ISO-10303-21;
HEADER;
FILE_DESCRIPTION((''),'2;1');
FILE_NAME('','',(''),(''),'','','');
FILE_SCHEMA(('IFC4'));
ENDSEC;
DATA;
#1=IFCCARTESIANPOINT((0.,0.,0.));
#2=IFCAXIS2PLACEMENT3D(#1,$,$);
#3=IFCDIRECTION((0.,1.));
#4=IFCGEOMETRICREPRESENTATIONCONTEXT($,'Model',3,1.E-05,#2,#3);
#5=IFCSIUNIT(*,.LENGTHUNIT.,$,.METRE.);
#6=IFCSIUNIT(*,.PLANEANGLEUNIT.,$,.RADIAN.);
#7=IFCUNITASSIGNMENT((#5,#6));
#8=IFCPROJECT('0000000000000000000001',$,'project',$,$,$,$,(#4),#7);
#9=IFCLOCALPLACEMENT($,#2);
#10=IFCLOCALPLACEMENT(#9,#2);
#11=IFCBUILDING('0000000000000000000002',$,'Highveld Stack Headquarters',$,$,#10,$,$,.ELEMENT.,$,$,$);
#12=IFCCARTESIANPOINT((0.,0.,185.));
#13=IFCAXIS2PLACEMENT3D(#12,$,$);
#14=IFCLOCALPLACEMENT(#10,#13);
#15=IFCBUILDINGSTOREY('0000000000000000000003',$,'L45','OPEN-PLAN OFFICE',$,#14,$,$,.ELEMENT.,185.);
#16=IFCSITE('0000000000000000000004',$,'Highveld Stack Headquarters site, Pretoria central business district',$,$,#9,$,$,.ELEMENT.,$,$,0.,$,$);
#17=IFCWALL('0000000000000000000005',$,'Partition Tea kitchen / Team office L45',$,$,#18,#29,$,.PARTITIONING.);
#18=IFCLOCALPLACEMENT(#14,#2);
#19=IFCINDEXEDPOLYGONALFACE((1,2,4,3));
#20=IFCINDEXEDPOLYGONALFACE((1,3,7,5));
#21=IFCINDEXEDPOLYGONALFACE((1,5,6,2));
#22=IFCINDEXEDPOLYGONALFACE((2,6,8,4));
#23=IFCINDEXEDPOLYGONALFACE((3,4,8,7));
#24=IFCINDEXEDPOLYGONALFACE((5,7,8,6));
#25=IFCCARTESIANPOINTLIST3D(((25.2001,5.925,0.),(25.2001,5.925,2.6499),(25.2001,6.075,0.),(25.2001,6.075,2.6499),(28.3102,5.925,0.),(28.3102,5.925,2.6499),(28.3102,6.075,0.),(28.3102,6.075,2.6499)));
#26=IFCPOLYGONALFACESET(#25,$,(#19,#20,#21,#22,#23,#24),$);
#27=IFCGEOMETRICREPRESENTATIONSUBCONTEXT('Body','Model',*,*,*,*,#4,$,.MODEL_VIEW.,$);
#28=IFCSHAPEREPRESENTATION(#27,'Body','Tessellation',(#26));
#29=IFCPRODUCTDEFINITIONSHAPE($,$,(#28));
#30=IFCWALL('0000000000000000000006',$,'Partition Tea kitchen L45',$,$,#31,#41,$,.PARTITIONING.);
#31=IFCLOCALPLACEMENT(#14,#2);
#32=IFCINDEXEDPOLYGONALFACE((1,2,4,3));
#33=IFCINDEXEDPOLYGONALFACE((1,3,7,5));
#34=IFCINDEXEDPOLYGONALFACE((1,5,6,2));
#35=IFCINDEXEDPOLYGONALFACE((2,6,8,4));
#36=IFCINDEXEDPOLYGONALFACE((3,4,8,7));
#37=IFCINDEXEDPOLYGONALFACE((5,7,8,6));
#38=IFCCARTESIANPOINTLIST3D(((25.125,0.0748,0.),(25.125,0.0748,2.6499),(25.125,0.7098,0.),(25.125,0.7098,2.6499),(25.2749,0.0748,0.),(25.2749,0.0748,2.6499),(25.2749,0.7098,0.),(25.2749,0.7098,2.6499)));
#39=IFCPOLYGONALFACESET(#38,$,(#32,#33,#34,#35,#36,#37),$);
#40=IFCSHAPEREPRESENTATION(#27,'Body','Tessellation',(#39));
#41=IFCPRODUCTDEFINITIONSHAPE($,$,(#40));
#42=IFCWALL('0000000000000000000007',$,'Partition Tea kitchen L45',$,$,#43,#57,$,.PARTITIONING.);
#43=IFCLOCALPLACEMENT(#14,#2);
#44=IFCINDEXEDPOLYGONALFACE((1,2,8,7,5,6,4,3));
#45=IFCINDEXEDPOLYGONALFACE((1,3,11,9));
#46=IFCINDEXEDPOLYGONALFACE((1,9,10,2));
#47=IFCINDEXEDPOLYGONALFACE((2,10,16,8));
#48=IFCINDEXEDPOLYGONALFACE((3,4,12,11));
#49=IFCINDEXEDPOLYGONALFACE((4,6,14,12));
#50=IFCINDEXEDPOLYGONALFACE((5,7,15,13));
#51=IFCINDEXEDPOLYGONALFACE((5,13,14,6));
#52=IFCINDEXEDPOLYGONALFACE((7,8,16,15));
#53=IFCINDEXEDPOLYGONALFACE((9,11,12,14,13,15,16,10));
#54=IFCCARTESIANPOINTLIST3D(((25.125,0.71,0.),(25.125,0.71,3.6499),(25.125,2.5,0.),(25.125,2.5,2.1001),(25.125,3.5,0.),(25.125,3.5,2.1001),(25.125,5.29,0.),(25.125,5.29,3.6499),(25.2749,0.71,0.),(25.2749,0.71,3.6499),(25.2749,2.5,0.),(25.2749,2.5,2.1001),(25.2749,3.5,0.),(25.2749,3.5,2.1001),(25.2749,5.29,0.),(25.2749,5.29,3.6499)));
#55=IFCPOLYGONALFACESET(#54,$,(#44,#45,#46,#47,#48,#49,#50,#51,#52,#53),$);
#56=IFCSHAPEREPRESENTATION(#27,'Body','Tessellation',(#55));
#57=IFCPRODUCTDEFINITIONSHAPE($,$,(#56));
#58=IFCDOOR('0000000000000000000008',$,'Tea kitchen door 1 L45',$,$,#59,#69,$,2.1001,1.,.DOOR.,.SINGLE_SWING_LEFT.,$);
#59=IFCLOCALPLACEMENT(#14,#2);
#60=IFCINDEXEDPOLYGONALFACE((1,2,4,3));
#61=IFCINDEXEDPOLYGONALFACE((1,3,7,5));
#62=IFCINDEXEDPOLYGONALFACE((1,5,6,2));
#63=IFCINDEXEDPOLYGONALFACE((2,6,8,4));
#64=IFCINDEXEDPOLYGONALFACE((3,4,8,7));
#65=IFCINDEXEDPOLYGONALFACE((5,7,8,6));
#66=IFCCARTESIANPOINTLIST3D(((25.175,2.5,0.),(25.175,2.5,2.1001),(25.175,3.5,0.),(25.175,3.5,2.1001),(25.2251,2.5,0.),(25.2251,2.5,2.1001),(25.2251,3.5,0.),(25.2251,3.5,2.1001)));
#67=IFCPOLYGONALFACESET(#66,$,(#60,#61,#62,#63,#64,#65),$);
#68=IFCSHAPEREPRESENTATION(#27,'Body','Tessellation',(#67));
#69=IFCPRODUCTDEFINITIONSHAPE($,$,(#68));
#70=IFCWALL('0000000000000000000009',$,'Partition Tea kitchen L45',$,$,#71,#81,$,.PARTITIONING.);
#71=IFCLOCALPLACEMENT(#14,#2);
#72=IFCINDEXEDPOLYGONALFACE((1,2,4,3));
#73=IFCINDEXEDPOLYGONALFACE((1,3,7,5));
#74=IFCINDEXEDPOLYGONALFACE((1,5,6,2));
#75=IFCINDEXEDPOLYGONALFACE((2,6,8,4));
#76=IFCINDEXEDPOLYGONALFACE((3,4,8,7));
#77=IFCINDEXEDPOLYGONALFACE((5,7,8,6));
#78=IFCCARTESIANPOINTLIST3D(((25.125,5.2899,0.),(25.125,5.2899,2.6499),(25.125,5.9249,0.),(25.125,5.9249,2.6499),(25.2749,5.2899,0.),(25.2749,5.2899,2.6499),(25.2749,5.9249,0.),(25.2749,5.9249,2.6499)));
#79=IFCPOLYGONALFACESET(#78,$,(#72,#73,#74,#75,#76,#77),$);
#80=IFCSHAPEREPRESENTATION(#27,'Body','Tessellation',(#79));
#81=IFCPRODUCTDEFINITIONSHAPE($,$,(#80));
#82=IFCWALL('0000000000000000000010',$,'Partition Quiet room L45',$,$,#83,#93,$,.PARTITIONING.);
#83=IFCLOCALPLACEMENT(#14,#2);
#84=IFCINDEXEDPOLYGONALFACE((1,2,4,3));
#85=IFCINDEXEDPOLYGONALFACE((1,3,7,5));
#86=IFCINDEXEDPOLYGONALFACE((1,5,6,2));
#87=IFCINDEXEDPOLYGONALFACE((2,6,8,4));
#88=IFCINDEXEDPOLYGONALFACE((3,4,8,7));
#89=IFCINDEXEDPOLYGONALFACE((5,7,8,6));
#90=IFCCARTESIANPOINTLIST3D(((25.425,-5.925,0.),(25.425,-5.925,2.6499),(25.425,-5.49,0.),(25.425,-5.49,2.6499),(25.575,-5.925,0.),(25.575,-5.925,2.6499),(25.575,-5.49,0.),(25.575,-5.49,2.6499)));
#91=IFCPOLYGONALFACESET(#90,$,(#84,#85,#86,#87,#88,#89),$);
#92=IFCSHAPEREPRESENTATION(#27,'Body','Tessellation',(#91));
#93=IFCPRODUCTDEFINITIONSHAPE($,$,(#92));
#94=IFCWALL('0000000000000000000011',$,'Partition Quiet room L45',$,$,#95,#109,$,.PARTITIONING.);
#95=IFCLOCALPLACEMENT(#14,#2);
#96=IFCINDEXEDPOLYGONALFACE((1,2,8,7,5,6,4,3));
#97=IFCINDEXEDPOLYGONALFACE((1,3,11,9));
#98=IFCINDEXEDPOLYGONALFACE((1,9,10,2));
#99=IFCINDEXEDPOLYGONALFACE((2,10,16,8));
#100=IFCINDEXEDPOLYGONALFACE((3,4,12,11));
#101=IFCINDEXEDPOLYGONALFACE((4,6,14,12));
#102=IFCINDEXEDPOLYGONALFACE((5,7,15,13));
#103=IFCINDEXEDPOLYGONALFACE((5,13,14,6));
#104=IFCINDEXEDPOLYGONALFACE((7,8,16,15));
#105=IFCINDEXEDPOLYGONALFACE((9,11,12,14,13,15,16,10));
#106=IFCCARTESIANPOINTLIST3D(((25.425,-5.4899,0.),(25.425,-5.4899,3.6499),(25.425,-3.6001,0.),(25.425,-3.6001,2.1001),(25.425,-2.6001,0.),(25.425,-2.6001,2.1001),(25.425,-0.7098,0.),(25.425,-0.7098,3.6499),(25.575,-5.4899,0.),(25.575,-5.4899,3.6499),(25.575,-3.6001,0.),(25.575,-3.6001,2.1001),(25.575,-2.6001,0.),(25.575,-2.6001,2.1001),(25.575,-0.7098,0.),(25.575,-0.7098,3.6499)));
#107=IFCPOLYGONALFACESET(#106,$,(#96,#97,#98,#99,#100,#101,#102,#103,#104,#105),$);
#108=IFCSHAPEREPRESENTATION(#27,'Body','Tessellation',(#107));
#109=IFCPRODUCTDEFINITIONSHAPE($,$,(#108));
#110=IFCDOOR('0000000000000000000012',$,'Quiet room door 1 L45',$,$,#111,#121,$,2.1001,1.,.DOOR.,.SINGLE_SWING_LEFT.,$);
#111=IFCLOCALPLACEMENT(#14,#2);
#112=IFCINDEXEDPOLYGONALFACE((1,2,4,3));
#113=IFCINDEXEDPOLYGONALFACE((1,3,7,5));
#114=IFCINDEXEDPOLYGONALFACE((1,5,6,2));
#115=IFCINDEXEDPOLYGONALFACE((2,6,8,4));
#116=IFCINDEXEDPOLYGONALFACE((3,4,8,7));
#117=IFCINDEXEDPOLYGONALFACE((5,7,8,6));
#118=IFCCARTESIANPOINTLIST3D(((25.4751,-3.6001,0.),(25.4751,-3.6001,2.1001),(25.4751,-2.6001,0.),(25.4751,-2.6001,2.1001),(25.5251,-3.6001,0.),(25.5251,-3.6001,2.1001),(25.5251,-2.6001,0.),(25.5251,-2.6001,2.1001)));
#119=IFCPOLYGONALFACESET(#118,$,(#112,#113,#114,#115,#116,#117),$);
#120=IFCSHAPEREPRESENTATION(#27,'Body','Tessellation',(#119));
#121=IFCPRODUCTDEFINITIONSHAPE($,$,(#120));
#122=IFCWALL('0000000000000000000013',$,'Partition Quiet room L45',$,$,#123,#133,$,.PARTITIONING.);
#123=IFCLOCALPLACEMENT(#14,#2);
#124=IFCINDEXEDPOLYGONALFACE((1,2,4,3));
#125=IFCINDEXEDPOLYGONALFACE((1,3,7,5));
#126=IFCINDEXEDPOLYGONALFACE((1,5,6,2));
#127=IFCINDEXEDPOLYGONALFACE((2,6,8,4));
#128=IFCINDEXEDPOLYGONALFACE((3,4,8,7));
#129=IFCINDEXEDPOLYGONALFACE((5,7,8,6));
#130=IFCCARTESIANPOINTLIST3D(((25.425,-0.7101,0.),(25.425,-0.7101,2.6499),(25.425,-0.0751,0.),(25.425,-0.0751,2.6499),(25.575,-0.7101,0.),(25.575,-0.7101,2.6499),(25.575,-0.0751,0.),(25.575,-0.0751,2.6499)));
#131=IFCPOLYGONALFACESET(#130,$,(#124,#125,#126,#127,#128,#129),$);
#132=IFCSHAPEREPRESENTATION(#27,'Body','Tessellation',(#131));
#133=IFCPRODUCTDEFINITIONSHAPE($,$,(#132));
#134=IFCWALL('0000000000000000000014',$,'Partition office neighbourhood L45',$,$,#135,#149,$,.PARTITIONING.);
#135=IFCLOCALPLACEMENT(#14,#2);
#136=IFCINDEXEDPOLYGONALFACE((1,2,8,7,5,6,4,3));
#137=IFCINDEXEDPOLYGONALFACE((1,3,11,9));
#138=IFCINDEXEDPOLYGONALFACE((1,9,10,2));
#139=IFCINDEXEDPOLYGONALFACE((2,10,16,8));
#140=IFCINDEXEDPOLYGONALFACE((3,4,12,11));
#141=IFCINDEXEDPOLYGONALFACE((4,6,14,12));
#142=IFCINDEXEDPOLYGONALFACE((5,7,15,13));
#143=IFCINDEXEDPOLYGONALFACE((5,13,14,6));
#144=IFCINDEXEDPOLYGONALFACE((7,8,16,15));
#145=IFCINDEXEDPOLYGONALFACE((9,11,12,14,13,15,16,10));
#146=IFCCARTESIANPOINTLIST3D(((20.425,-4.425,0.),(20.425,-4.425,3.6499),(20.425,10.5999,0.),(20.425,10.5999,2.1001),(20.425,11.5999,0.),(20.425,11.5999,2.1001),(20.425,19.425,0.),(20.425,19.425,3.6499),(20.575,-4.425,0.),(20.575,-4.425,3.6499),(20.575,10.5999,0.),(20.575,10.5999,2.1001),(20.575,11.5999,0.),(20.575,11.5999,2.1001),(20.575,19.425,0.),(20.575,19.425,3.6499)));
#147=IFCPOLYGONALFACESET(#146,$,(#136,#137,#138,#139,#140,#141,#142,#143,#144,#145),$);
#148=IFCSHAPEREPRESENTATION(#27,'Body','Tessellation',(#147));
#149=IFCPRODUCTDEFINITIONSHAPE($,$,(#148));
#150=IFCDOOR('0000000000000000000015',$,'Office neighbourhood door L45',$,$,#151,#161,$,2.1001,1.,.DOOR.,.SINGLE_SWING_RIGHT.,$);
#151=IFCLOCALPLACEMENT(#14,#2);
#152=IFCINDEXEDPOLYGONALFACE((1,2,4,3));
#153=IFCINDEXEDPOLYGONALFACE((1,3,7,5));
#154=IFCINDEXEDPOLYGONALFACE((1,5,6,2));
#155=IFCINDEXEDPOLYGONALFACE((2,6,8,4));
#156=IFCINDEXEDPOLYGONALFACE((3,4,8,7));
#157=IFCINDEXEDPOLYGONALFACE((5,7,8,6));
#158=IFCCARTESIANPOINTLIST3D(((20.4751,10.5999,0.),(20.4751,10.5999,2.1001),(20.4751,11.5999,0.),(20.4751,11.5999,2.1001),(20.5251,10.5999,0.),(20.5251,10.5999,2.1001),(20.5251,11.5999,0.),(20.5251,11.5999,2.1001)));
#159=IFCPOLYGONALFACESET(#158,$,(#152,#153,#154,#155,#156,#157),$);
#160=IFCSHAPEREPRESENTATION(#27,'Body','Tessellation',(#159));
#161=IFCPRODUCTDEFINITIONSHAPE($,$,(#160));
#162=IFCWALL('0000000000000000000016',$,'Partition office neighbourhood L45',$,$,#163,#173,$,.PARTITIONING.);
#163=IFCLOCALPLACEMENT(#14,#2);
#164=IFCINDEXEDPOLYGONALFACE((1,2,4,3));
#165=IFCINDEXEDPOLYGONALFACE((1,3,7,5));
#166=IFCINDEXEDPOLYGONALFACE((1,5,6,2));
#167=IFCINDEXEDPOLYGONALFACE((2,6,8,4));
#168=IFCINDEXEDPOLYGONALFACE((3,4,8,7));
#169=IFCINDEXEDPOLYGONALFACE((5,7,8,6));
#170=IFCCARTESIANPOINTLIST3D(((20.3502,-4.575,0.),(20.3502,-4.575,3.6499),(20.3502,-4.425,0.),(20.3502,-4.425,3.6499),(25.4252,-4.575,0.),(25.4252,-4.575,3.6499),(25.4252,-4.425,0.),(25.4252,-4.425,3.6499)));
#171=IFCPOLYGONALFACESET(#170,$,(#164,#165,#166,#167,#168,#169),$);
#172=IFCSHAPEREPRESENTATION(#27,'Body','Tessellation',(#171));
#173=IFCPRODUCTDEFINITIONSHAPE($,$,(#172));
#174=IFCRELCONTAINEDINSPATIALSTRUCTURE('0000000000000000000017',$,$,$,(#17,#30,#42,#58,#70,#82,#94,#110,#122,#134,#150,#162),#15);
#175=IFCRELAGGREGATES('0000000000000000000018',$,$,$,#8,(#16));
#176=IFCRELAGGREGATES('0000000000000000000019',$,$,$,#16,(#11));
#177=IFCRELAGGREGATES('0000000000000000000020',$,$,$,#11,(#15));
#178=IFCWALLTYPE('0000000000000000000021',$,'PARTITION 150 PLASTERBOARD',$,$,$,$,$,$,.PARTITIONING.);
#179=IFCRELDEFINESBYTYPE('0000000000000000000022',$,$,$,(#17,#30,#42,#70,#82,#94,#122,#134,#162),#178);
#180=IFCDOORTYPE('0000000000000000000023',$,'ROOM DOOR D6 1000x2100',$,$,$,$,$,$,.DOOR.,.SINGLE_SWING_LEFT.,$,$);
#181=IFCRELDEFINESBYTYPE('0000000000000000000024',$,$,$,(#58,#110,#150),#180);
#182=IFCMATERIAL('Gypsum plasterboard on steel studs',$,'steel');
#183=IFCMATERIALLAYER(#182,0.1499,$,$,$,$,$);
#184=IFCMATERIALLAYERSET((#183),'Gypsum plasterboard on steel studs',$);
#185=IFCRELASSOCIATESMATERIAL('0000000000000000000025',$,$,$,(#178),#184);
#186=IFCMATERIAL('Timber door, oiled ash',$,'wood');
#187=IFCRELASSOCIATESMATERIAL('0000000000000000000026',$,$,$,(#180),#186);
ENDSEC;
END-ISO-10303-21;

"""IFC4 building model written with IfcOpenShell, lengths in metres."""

from ifc_helpers import new_model, si_unit, direction, frame, frame_2d, origin, place, context, subcontext, project, spatial, rectangle, extrude, material, layer, layer_set, type_object, element, fill, save


model = new_model("IFC4")

# Units and contexts
model_context = context("Model", 3, precision=1e-05, world=origin(), true_north=direction((0.0, 1.0)))
body_context = subcontext(model_context, "Body", "Model", "MODEL_VIEW")
ifc_project = project(units=[si_unit("LENGTHUNIT", "METRE"), si_unit("PLANEANGLEUNIT", "RADIAN")], contexts=[model_context])

# Site, building, storey
site_placement = place(None, origin())
site = spatial("IfcSite", under=ifc_project, at=site_placement, Name="Highveld Stack Headquarters site, Pretoria central business district", CompositionType="ELEMENT", RefElevation=0.0)
building_placement = place(site_placement, origin())
building = spatial("IfcBuilding", under=site, at=building_placement, Name="Highveld Stack Headquarters", CompositionType="ELEMENT")
storey_placement = place(building_placement, frame((0.0, 0.0, 185.0)))
storey = spatial("IfcBuildingStorey", under=building, at=storey_placement, Name="L45", Description="OPEN-PLAN OFFICE", CompositionType="ELEMENT", Elevation=185.0)

# Walls
ifc_material_1 = material(Name="Gypsum plasterboard on steel studs", Category="steel")
ifc_layer_1 = layer(ifc_material_1, 0.1499)
ifc_layer_set_1 = layer_set([ifc_layer_1], Name="Gypsum plasterboard on steel studs")
wall_type_1 = type_object("IfcWallType", Name="PARTITION 150 PLASTERBOARD", PredefinedType="PARTITIONING", material=ifc_layer_set_1)
wall_1_placement = place(storey_placement, frame((25.2, 6.0, 0.0), z_axis=(0.0, 0.0, 1.0), x_axis=(1.0, 0.0, 0.0)))
element("IfcWall", 1, at=wall_1_placement, inside=storey, type_object=wall_type_1, Name="Partition Tea kitchen / Team office L45", PredefinedType="PARTITIONING", context=body_context, shape_type="SweptSolid", body=[
    extrude(rectangle(XDim=3.1101, YDim=0.1499, at=frame_2d((1.5552, 0.0))), origin(), (0.0, 0.0, 1.0), 2.6499),
])
wall_2_placement = place(storey_placement, frame((25.2, 0.075, 0.0), z_axis=(0.0, 0.0, 1.0), x_axis=(0.0, 1.0, 0.0)))
element("IfcWall", 2, at=wall_2_placement, inside=storey, type_object=wall_type_1, Name="Partition Tea kitchen L45", PredefinedType="PARTITIONING", context=body_context, shape_type="SweptSolid", body=[
    extrude(rectangle(XDim=0.635, YDim=0.1499, at=frame_2d((0.3174, 0.0))), origin(), (0.0, 0.0, 1.0), 2.6499),
])

# Wall, opening, door
wall_3_placement = place(storey_placement, frame((25.2, 0.71, 0.0), z_axis=(0.0, 0.0, 1.0), x_axis=(0.0, 1.0, 0.0)))
wall_3 = element("IfcWall", 3, at=wall_3_placement, inside=storey, type_object=wall_type_1, Name="Partition Tea kitchen L45", PredefinedType="PARTITIONING", context=body_context, shape_type="SweptSolid", body=[
    extrude(rectangle(XDim=4.5801, YDim=0.1499, at=frame_2d((2.29, 0.0))), origin(), (0.0, 0.0, 1.0), 3.6499),
])
opening_1_placement = place(wall_3_placement, frame((1.79, 0.0, 0.0)))
opening_1 = element("IfcOpeningElement", 4, at=opening_1_placement, cuts=wall_3, PredefinedType="OPENING", context=body_context, shape_type="SweptSolid", body=[
    extrude(rectangle(XDim=1.0, YDim=2.1001, at=frame_2d((0.5, 1.05))), frame((0.0, 0.085, 0.0), z_axis=(0.0, -1.0, 0.0), x_axis=(1.0, 0.0, 0.0)), (0.0, 0.0, 1.0), 0.1699),
])
ifc_material_2 = material(Name="Timber door, oiled ash", Category="wood")
door_type_1 = type_object("IfcDoorType", Name="ROOM DOOR D6 1000x2100", OperationType="SINGLE_SWING_LEFT", PredefinedType="DOOR", material=ifc_material_2)
door_1_placement = place(opening_1_placement, origin())
door_1 = element("IfcDoor", 5, at=door_1_placement, inside=storey, type_object=door_type_1, Name="Tea kitchen door 1 L45", OperationType="SINGLE_SWING_LEFT", OverallHeight=2.1001, OverallWidth=1.0, PredefinedType="DOOR", context=body_context, shape_type="SweptSolid", body=[
    extrude(rectangle(XDim=1.0, YDim=2.1001, at=frame_2d((0.5, 1.05))), frame((0.0, 0.0249, 0.0), z_axis=(0.0, -1.0, 0.0), x_axis=(1.0, 0.0, 0.0)), (0.0, 0.0, 1.0), 0.05),
])
fill(opening_1, door_1)

# Walls
wall_4_placement = place(storey_placement, frame((25.2, 5.29, 0.0), z_axis=(0.0, 0.0, 1.0), x_axis=(0.0, 1.0, 0.0)))
element("IfcWall", 6, at=wall_4_placement, inside=storey, type_object=wall_type_1, Name="Partition Tea kitchen L45", PredefinedType="PARTITIONING", context=body_context, shape_type="SweptSolid", body=[
    extrude(rectangle(XDim=0.635, YDim=0.1499, at=frame_2d((0.3174, 0.0))), origin(), (0.0, 0.0, 1.0), 2.6499),
])
wall_5_placement = place(storey_placement, frame((25.5, -5.925, 0.0), z_axis=(0.0, 0.0, 1.0), x_axis=(0.0, 1.0, 0.0)))
element("IfcWall", 7, at=wall_5_placement, inside=storey, type_object=wall_type_1, Name="Partition Quiet room L45", PredefinedType="PARTITIONING", context=body_context, shape_type="SweptSolid", body=[
    extrude(rectangle(XDim=0.4351, YDim=0.1499, at=frame_2d((0.2175, 0.0))), origin(), (0.0, 0.0, 1.0), 2.6499),
])

# Wall, opening, door
wall_6_placement = place(storey_placement, frame((25.5, -5.49, 0.0), z_axis=(0.0, 0.0, 1.0), x_axis=(0.0, 1.0, 0.0)))
wall_6 = element("IfcWall", 8, at=wall_6_placement, inside=storey, type_object=wall_type_1, Name="Partition Quiet room L45", PredefinedType="PARTITIONING", context=body_context, shape_type="SweptSolid", body=[
    extrude(rectangle(XDim=4.78, YDim=0.1499, at=frame_2d((2.3901, 0.0))), origin(), (0.0, 0.0, 1.0), 3.6499),
])
opening_2_placement = place(wall_6_placement, frame((1.8899, 0.0, 0.0)))
opening_2 = element("IfcOpeningElement", 9, at=opening_2_placement, cuts=wall_6, PredefinedType="OPENING", context=body_context, shape_type="SweptSolid", body=[
    extrude(rectangle(XDim=1.0, YDim=2.1001, at=frame_2d((0.5, 1.05))), frame((0.0, 0.085, 0.0), z_axis=(0.0, -1.0, 0.0), x_axis=(1.0, 0.0, 0.0)), (0.0, 0.0, 1.0), 0.1699),
])
door_2_placement = place(opening_2_placement, origin())
door_2 = element("IfcDoor", 10, at=door_2_placement, inside=storey, type_object=door_type_1, Name="Quiet room door 1 L45", OperationType="SINGLE_SWING_LEFT", OverallHeight=2.1001, OverallWidth=1.0, PredefinedType="DOOR", context=body_context, shape_type="SweptSolid", body=[
    extrude(rectangle(XDim=1.0, YDim=2.1001, at=frame_2d((0.5, 1.05))), frame((0.0, 0.0249, 0.0), z_axis=(0.0, -1.0, 0.0), x_axis=(1.0, 0.0, 0.0)), (0.0, 0.0, 1.0), 0.05),
])
fill(opening_2, door_2)

# Wall
wall_7_placement = place(storey_placement, frame((25.5, -0.71, 0.0), z_axis=(0.0, 0.0, 1.0), x_axis=(0.0, 1.0, 0.0)))
element("IfcWall", 11, at=wall_7_placement, inside=storey, type_object=wall_type_1, Name="Partition Quiet room L45", PredefinedType="PARTITIONING", context=body_context, shape_type="SweptSolid", body=[
    extrude(rectangle(XDim=0.635, YDim=0.1499, at=frame_2d((0.3174, 0.0))), origin(), (0.0, 0.0, 1.0), 2.6499),
])

# Wall, opening, door
wall_8_placement = place(storey_placement, frame((20.5, -4.425, 0.0), z_axis=(0.0, 0.0, 1.0), x_axis=(0.0, 1.0, 0.0)))
wall_8 = element("IfcWall", 12, at=wall_8_placement, inside=storey, type_object=wall_type_1, Name="Partition office neighbourhood L45", PredefinedType="PARTITIONING", context=body_context, shape_type="SweptSolid", body=[
    extrude(rectangle(XDim=23.8501, YDim=0.1499, at=frame_2d((11.925, 0.0))), origin(), (0.0, 0.0, 1.0), 3.6499),
])
opening_3_placement = place(wall_8_placement, frame((15.0249, 0.0, 0.0)))
opening_3 = element("IfcOpeningElement", 13, at=opening_3_placement, cuts=wall_8, PredefinedType="OPENING", context=body_context, shape_type="SweptSolid", body=[
    extrude(rectangle(XDim=1.0, YDim=2.1001, at=frame_2d((0.5, 1.05))), frame((0.0, 0.085, 0.0), z_axis=(0.0, -1.0, 0.0), x_axis=(1.0, 0.0, 0.0)), (0.0, 0.0, 1.0), 0.1699),
])
door_3_placement = place(opening_3_placement, origin())
door_3 = element("IfcDoor", 14, at=door_3_placement, inside=storey, type_object=door_type_1, Name="Office neighbourhood door L45", OperationType="SINGLE_SWING_RIGHT", OverallHeight=2.1001, OverallWidth=1.0, PredefinedType="DOOR", context=body_context, shape_type="SweptSolid", body=[
    extrude(rectangle(XDim=1.0, YDim=2.1001, at=frame_2d((0.5, 1.05))), frame((0.0, 0.0249, 0.0), z_axis=(0.0, -1.0, 0.0), x_axis=(1.0, 0.0, 0.0)), (0.0, 0.0, 1.0), 0.05),
])
fill(opening_3, door_3)

# Wall
wall_9_placement = place(storey_placement, frame((20.3501, -4.5, 0.0), z_axis=(0.0, 0.0, 1.0), x_axis=(1.0, 0.0, 0.0)))
element("IfcWall", 15, at=wall_9_placement, inside=storey, type_object=wall_type_1, Name="Partition office neighbourhood L45", PredefinedType="PARTITIONING", context=body_context, shape_type="SweptSolid", body=[
    extrude(rectangle(XDim=5.075, YDim=0.1499, at=frame_2d((2.5376, 0.0))), origin(), (0.0, 0.0, 1.0), 3.6499),
])

save(model, "model.ifc")
